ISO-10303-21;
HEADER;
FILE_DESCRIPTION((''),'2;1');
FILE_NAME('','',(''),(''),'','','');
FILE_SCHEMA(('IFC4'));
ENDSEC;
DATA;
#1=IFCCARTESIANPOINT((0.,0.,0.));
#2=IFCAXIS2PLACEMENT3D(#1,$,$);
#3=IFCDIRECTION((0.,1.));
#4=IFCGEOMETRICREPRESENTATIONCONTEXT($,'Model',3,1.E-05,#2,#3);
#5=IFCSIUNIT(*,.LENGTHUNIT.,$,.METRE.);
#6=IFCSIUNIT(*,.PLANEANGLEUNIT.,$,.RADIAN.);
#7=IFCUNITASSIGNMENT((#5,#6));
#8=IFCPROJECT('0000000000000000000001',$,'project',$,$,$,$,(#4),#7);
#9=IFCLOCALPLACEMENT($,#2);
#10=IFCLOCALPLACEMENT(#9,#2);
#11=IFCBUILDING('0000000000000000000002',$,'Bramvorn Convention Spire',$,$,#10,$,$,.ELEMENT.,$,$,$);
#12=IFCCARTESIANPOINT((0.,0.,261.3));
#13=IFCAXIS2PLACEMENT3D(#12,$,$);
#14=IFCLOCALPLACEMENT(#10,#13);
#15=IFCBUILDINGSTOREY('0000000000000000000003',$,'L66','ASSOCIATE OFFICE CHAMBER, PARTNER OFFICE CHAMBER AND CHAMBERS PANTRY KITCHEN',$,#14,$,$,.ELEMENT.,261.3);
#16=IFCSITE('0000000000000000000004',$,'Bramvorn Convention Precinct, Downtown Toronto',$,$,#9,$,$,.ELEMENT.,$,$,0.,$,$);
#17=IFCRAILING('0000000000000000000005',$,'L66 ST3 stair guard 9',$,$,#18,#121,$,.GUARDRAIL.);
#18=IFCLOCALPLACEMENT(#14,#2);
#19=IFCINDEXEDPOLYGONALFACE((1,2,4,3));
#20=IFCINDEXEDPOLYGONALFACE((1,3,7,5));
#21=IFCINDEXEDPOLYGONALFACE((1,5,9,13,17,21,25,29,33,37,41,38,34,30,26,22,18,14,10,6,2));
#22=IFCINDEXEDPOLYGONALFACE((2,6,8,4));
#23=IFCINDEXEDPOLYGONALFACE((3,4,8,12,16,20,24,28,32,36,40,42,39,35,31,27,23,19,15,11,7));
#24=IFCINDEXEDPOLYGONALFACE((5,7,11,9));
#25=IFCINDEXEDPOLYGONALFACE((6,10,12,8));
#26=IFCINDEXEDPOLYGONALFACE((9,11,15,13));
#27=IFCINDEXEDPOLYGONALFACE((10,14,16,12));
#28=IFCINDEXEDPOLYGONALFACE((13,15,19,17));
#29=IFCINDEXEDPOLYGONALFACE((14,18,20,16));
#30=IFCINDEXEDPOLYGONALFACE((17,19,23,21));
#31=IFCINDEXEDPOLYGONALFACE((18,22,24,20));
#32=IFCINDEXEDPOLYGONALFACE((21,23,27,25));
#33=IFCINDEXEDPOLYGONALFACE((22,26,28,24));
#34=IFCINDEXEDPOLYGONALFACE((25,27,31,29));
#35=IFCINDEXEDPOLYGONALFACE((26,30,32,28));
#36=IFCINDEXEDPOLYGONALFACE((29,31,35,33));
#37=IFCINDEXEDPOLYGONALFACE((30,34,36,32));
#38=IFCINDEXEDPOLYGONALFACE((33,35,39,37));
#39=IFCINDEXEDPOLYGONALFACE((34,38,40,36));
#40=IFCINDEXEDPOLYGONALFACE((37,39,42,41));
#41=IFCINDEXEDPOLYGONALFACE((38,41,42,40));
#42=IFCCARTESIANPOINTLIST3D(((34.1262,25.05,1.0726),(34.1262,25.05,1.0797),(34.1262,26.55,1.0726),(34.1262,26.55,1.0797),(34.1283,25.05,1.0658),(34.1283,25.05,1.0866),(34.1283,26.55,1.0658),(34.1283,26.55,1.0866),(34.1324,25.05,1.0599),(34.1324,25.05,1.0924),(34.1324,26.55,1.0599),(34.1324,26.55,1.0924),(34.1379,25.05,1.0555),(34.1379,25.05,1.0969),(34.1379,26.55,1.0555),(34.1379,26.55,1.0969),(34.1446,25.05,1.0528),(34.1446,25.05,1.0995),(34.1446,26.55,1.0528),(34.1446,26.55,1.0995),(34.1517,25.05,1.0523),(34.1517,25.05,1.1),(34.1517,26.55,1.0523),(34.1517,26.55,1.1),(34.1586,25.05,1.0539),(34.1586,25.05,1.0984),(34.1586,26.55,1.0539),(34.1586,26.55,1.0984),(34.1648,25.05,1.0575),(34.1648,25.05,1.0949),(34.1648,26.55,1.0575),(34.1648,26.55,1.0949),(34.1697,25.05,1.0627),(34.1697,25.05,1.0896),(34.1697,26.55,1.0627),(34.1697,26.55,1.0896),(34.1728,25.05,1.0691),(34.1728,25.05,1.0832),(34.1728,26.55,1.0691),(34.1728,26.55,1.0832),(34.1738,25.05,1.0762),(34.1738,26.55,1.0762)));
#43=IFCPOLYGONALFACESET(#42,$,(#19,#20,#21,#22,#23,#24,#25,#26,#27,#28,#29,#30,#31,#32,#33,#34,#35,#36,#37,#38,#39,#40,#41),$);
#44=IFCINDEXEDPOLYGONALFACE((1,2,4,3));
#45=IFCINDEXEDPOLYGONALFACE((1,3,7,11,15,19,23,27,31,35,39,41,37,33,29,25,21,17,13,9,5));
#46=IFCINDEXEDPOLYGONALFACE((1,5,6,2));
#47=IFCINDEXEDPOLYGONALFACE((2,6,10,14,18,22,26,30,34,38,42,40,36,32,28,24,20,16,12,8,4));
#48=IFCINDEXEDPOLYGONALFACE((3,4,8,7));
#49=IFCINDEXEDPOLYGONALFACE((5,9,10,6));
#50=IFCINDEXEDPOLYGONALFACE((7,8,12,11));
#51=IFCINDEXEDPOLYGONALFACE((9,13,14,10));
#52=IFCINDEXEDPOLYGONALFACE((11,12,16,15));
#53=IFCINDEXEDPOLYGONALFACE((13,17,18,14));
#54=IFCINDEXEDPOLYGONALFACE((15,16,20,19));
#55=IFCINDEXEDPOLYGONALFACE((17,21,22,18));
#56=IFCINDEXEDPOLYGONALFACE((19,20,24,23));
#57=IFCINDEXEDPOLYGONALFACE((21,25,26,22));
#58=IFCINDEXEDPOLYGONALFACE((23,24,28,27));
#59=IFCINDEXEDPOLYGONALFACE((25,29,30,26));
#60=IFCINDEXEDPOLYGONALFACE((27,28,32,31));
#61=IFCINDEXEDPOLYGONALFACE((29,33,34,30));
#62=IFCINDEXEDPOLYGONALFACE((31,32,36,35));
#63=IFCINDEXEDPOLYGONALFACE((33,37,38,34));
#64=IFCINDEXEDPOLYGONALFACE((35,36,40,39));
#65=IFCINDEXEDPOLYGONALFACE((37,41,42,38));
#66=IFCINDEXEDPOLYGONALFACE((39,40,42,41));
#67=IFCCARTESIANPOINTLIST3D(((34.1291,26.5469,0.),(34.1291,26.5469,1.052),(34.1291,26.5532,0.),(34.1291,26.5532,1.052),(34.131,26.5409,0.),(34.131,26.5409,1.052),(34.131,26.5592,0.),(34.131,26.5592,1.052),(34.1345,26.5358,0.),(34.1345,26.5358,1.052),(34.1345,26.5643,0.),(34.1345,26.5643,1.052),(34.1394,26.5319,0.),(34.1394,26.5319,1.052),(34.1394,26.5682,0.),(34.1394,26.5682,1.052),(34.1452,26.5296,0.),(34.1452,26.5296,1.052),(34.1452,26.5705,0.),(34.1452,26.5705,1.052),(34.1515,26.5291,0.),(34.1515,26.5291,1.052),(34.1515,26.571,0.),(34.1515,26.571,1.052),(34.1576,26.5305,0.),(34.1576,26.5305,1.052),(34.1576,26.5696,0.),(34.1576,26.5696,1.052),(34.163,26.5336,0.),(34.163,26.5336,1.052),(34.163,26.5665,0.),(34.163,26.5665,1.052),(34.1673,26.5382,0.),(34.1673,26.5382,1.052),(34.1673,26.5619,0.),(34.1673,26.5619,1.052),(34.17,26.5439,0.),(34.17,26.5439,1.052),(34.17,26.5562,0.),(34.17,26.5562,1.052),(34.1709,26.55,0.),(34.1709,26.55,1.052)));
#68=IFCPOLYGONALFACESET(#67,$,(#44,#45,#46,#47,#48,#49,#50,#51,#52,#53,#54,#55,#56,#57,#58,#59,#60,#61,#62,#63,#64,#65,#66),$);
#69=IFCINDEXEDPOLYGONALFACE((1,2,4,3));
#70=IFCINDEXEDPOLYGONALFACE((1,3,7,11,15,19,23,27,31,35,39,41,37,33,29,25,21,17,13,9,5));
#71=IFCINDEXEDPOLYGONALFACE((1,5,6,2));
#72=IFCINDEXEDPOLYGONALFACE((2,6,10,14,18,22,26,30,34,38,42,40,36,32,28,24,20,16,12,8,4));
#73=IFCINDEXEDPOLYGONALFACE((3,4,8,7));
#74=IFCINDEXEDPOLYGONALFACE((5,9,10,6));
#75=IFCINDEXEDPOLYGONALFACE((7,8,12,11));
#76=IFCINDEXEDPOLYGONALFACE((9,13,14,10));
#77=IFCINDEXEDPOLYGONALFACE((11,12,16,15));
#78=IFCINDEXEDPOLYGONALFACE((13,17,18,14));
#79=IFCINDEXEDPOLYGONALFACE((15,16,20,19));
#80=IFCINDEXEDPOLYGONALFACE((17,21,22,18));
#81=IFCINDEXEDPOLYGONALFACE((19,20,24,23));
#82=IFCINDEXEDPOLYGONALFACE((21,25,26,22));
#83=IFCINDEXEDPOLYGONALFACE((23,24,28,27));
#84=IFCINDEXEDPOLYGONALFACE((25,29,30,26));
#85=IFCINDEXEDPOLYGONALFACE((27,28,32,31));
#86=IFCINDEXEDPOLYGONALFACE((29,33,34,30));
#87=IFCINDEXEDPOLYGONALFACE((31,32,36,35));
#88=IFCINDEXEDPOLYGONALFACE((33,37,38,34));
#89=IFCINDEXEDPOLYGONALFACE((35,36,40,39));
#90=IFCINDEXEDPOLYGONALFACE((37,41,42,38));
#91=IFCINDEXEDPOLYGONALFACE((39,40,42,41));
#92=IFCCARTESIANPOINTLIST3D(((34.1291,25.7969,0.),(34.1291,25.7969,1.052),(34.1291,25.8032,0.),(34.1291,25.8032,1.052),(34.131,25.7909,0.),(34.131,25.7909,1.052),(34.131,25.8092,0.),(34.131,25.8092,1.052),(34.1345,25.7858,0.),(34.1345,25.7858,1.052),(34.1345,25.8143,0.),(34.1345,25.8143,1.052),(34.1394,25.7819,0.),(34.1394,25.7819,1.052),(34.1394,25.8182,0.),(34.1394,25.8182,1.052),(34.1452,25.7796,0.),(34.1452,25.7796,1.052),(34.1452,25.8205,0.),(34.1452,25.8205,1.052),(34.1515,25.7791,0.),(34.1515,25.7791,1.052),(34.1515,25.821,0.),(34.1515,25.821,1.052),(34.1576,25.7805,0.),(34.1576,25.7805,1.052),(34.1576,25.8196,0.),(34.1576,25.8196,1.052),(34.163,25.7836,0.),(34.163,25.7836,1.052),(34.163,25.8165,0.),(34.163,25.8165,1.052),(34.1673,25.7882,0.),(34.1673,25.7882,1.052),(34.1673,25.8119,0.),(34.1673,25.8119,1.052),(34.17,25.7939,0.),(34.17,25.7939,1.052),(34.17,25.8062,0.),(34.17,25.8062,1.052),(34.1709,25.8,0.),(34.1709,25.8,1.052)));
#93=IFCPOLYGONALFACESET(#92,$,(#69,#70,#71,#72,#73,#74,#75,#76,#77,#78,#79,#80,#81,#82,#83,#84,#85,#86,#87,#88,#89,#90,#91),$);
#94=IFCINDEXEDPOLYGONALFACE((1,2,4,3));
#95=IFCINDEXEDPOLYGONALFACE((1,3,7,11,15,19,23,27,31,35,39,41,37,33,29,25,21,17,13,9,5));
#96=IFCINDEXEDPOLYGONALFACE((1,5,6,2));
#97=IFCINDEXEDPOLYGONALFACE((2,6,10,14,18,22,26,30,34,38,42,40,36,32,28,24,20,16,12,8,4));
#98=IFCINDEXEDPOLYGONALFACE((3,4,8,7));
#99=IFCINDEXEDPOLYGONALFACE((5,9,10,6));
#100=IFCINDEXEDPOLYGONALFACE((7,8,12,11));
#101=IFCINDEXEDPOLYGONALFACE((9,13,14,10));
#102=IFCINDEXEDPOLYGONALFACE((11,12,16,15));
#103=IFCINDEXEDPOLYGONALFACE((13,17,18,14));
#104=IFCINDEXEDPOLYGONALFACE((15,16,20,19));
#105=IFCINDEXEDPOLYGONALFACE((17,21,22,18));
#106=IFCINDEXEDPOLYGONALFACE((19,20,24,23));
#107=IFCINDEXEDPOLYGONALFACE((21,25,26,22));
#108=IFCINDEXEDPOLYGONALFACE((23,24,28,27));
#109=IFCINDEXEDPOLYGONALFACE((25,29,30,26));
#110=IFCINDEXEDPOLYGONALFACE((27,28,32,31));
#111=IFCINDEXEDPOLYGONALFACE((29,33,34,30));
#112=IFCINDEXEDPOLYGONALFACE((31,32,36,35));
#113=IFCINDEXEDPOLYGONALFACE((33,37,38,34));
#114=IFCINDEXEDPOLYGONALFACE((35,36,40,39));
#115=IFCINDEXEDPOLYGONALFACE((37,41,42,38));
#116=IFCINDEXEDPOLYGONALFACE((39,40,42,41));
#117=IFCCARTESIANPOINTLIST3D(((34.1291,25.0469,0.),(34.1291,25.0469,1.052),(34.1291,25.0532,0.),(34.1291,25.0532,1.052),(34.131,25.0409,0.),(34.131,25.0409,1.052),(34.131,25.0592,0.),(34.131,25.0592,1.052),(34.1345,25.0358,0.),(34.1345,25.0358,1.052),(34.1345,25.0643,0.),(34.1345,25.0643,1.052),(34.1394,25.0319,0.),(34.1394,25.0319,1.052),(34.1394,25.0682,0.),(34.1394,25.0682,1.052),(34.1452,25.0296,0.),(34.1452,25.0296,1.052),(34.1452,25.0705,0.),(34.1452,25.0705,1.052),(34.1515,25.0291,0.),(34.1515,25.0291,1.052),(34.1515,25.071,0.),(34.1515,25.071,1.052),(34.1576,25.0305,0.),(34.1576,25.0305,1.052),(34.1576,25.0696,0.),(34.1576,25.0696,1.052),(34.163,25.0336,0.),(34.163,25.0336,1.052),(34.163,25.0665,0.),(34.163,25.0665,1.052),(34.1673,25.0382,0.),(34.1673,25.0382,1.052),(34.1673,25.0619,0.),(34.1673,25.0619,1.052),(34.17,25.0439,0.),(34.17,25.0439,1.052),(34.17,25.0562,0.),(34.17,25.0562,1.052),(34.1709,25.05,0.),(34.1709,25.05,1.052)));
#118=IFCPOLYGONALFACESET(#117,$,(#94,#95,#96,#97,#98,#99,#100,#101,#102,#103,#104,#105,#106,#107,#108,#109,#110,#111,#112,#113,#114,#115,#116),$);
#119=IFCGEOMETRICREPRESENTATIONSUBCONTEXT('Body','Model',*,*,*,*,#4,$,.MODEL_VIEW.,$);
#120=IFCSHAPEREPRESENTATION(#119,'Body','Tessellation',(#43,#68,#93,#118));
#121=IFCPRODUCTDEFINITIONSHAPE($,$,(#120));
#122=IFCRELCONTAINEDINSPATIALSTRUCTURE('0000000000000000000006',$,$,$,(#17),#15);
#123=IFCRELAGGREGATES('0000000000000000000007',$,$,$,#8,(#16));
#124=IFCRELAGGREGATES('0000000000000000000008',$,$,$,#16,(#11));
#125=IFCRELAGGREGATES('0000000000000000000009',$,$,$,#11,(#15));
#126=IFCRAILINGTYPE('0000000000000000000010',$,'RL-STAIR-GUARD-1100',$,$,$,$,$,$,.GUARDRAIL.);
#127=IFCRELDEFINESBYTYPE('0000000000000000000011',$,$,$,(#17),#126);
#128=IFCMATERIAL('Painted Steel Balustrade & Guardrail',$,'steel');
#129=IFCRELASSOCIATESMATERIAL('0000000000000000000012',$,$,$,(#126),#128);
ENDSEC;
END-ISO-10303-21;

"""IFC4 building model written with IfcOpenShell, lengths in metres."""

from ifc_helpers import new_model, si_unit, direction, frame, origin, origin_2d, place, context, subcontext, project, spatial, circle, extrude, material, type_object, element, save


model = new_model("IFC4")

# Units and contexts
model_context = context("Model", 3, precision=1e-05, world=origin(), true_north=direction((0.0, 1.0)))
body_context = subcontext(model_context, "Body", "Model", "MODEL_VIEW")
ifc_project = project(units=[si_unit("LENGTHUNIT", "METRE"), si_unit("PLANEANGLEUNIT", "RADIAN")], contexts=[model_context])

# Site, building, storey
site_placement = place(None, origin())
site = spatial("IfcSite", under=ifc_project, at=site_placement, Name="Bramvorn Convention Precinct, Downtown Toronto", CompositionType="ELEMENT", RefElevation=0.0)
building_placement = place(site_placement, origin())
building = spatial("IfcBuilding", under=site, at=building_placement, Name="Bramvorn Convention Spire", CompositionType="ELEMENT")
storey_placement = place(building_placement, frame((0.0, 0.0, 261.3)))
storey = spatial("IfcBuildingStorey", under=building, at=storey_placement, Name="L66", Description="ASSOCIATE OFFICE CHAMBER, PARTNER OFFICE CHAMBER AND CHAMBERS PANTRY KITCHEN", CompositionType="ELEMENT", Elevation=261.3)

# Railing
ifc_material_1 = material(Name="Painted Steel Balustrade & Guardrail", Category="steel")
railing_type_1 = type_object("IfcRailingType", Name="RL-STAIR-GUARD-1100", PredefinedType="GUARDRAIL", material=ifc_material_1)
railing_1_placement = place(storey_placement, frame((34.1499, 26.55, 0.0)))
element("IfcRailing", 1, at=railing_1_placement, inside=storey, type_object=railing_type_1, Name="L66 ST3 stair guard 9", PredefinedType="GUARDRAIL", context=body_context, shape_type="SweptSolid", body=[
    extrude(circle(Radius=0.0239, at=origin_2d()), frame((0.0, 0.0, 1.0762), z_axis=(0.0, -1.0, 0.0), x_axis=(1.0, 0.0, 0.0)), (0.0, 0.0, 1.0), 1.5),
    extrude(circle(Radius=0.021, at=origin_2d()), origin(), (0.0, 0.0, 1.0), 1.052),
    extrude(circle(Radius=0.021, at=origin_2d()), frame((0.0, -0.75, 0.0)), (0.0, 0.0, 1.0), 1.052),
    extrude(circle(Radius=0.021, at=origin_2d()), frame((0.0, -1.5, 0.0)), (0.0, 0.0, 1.0), 1.052),
])

save(model, "model.ifc")
